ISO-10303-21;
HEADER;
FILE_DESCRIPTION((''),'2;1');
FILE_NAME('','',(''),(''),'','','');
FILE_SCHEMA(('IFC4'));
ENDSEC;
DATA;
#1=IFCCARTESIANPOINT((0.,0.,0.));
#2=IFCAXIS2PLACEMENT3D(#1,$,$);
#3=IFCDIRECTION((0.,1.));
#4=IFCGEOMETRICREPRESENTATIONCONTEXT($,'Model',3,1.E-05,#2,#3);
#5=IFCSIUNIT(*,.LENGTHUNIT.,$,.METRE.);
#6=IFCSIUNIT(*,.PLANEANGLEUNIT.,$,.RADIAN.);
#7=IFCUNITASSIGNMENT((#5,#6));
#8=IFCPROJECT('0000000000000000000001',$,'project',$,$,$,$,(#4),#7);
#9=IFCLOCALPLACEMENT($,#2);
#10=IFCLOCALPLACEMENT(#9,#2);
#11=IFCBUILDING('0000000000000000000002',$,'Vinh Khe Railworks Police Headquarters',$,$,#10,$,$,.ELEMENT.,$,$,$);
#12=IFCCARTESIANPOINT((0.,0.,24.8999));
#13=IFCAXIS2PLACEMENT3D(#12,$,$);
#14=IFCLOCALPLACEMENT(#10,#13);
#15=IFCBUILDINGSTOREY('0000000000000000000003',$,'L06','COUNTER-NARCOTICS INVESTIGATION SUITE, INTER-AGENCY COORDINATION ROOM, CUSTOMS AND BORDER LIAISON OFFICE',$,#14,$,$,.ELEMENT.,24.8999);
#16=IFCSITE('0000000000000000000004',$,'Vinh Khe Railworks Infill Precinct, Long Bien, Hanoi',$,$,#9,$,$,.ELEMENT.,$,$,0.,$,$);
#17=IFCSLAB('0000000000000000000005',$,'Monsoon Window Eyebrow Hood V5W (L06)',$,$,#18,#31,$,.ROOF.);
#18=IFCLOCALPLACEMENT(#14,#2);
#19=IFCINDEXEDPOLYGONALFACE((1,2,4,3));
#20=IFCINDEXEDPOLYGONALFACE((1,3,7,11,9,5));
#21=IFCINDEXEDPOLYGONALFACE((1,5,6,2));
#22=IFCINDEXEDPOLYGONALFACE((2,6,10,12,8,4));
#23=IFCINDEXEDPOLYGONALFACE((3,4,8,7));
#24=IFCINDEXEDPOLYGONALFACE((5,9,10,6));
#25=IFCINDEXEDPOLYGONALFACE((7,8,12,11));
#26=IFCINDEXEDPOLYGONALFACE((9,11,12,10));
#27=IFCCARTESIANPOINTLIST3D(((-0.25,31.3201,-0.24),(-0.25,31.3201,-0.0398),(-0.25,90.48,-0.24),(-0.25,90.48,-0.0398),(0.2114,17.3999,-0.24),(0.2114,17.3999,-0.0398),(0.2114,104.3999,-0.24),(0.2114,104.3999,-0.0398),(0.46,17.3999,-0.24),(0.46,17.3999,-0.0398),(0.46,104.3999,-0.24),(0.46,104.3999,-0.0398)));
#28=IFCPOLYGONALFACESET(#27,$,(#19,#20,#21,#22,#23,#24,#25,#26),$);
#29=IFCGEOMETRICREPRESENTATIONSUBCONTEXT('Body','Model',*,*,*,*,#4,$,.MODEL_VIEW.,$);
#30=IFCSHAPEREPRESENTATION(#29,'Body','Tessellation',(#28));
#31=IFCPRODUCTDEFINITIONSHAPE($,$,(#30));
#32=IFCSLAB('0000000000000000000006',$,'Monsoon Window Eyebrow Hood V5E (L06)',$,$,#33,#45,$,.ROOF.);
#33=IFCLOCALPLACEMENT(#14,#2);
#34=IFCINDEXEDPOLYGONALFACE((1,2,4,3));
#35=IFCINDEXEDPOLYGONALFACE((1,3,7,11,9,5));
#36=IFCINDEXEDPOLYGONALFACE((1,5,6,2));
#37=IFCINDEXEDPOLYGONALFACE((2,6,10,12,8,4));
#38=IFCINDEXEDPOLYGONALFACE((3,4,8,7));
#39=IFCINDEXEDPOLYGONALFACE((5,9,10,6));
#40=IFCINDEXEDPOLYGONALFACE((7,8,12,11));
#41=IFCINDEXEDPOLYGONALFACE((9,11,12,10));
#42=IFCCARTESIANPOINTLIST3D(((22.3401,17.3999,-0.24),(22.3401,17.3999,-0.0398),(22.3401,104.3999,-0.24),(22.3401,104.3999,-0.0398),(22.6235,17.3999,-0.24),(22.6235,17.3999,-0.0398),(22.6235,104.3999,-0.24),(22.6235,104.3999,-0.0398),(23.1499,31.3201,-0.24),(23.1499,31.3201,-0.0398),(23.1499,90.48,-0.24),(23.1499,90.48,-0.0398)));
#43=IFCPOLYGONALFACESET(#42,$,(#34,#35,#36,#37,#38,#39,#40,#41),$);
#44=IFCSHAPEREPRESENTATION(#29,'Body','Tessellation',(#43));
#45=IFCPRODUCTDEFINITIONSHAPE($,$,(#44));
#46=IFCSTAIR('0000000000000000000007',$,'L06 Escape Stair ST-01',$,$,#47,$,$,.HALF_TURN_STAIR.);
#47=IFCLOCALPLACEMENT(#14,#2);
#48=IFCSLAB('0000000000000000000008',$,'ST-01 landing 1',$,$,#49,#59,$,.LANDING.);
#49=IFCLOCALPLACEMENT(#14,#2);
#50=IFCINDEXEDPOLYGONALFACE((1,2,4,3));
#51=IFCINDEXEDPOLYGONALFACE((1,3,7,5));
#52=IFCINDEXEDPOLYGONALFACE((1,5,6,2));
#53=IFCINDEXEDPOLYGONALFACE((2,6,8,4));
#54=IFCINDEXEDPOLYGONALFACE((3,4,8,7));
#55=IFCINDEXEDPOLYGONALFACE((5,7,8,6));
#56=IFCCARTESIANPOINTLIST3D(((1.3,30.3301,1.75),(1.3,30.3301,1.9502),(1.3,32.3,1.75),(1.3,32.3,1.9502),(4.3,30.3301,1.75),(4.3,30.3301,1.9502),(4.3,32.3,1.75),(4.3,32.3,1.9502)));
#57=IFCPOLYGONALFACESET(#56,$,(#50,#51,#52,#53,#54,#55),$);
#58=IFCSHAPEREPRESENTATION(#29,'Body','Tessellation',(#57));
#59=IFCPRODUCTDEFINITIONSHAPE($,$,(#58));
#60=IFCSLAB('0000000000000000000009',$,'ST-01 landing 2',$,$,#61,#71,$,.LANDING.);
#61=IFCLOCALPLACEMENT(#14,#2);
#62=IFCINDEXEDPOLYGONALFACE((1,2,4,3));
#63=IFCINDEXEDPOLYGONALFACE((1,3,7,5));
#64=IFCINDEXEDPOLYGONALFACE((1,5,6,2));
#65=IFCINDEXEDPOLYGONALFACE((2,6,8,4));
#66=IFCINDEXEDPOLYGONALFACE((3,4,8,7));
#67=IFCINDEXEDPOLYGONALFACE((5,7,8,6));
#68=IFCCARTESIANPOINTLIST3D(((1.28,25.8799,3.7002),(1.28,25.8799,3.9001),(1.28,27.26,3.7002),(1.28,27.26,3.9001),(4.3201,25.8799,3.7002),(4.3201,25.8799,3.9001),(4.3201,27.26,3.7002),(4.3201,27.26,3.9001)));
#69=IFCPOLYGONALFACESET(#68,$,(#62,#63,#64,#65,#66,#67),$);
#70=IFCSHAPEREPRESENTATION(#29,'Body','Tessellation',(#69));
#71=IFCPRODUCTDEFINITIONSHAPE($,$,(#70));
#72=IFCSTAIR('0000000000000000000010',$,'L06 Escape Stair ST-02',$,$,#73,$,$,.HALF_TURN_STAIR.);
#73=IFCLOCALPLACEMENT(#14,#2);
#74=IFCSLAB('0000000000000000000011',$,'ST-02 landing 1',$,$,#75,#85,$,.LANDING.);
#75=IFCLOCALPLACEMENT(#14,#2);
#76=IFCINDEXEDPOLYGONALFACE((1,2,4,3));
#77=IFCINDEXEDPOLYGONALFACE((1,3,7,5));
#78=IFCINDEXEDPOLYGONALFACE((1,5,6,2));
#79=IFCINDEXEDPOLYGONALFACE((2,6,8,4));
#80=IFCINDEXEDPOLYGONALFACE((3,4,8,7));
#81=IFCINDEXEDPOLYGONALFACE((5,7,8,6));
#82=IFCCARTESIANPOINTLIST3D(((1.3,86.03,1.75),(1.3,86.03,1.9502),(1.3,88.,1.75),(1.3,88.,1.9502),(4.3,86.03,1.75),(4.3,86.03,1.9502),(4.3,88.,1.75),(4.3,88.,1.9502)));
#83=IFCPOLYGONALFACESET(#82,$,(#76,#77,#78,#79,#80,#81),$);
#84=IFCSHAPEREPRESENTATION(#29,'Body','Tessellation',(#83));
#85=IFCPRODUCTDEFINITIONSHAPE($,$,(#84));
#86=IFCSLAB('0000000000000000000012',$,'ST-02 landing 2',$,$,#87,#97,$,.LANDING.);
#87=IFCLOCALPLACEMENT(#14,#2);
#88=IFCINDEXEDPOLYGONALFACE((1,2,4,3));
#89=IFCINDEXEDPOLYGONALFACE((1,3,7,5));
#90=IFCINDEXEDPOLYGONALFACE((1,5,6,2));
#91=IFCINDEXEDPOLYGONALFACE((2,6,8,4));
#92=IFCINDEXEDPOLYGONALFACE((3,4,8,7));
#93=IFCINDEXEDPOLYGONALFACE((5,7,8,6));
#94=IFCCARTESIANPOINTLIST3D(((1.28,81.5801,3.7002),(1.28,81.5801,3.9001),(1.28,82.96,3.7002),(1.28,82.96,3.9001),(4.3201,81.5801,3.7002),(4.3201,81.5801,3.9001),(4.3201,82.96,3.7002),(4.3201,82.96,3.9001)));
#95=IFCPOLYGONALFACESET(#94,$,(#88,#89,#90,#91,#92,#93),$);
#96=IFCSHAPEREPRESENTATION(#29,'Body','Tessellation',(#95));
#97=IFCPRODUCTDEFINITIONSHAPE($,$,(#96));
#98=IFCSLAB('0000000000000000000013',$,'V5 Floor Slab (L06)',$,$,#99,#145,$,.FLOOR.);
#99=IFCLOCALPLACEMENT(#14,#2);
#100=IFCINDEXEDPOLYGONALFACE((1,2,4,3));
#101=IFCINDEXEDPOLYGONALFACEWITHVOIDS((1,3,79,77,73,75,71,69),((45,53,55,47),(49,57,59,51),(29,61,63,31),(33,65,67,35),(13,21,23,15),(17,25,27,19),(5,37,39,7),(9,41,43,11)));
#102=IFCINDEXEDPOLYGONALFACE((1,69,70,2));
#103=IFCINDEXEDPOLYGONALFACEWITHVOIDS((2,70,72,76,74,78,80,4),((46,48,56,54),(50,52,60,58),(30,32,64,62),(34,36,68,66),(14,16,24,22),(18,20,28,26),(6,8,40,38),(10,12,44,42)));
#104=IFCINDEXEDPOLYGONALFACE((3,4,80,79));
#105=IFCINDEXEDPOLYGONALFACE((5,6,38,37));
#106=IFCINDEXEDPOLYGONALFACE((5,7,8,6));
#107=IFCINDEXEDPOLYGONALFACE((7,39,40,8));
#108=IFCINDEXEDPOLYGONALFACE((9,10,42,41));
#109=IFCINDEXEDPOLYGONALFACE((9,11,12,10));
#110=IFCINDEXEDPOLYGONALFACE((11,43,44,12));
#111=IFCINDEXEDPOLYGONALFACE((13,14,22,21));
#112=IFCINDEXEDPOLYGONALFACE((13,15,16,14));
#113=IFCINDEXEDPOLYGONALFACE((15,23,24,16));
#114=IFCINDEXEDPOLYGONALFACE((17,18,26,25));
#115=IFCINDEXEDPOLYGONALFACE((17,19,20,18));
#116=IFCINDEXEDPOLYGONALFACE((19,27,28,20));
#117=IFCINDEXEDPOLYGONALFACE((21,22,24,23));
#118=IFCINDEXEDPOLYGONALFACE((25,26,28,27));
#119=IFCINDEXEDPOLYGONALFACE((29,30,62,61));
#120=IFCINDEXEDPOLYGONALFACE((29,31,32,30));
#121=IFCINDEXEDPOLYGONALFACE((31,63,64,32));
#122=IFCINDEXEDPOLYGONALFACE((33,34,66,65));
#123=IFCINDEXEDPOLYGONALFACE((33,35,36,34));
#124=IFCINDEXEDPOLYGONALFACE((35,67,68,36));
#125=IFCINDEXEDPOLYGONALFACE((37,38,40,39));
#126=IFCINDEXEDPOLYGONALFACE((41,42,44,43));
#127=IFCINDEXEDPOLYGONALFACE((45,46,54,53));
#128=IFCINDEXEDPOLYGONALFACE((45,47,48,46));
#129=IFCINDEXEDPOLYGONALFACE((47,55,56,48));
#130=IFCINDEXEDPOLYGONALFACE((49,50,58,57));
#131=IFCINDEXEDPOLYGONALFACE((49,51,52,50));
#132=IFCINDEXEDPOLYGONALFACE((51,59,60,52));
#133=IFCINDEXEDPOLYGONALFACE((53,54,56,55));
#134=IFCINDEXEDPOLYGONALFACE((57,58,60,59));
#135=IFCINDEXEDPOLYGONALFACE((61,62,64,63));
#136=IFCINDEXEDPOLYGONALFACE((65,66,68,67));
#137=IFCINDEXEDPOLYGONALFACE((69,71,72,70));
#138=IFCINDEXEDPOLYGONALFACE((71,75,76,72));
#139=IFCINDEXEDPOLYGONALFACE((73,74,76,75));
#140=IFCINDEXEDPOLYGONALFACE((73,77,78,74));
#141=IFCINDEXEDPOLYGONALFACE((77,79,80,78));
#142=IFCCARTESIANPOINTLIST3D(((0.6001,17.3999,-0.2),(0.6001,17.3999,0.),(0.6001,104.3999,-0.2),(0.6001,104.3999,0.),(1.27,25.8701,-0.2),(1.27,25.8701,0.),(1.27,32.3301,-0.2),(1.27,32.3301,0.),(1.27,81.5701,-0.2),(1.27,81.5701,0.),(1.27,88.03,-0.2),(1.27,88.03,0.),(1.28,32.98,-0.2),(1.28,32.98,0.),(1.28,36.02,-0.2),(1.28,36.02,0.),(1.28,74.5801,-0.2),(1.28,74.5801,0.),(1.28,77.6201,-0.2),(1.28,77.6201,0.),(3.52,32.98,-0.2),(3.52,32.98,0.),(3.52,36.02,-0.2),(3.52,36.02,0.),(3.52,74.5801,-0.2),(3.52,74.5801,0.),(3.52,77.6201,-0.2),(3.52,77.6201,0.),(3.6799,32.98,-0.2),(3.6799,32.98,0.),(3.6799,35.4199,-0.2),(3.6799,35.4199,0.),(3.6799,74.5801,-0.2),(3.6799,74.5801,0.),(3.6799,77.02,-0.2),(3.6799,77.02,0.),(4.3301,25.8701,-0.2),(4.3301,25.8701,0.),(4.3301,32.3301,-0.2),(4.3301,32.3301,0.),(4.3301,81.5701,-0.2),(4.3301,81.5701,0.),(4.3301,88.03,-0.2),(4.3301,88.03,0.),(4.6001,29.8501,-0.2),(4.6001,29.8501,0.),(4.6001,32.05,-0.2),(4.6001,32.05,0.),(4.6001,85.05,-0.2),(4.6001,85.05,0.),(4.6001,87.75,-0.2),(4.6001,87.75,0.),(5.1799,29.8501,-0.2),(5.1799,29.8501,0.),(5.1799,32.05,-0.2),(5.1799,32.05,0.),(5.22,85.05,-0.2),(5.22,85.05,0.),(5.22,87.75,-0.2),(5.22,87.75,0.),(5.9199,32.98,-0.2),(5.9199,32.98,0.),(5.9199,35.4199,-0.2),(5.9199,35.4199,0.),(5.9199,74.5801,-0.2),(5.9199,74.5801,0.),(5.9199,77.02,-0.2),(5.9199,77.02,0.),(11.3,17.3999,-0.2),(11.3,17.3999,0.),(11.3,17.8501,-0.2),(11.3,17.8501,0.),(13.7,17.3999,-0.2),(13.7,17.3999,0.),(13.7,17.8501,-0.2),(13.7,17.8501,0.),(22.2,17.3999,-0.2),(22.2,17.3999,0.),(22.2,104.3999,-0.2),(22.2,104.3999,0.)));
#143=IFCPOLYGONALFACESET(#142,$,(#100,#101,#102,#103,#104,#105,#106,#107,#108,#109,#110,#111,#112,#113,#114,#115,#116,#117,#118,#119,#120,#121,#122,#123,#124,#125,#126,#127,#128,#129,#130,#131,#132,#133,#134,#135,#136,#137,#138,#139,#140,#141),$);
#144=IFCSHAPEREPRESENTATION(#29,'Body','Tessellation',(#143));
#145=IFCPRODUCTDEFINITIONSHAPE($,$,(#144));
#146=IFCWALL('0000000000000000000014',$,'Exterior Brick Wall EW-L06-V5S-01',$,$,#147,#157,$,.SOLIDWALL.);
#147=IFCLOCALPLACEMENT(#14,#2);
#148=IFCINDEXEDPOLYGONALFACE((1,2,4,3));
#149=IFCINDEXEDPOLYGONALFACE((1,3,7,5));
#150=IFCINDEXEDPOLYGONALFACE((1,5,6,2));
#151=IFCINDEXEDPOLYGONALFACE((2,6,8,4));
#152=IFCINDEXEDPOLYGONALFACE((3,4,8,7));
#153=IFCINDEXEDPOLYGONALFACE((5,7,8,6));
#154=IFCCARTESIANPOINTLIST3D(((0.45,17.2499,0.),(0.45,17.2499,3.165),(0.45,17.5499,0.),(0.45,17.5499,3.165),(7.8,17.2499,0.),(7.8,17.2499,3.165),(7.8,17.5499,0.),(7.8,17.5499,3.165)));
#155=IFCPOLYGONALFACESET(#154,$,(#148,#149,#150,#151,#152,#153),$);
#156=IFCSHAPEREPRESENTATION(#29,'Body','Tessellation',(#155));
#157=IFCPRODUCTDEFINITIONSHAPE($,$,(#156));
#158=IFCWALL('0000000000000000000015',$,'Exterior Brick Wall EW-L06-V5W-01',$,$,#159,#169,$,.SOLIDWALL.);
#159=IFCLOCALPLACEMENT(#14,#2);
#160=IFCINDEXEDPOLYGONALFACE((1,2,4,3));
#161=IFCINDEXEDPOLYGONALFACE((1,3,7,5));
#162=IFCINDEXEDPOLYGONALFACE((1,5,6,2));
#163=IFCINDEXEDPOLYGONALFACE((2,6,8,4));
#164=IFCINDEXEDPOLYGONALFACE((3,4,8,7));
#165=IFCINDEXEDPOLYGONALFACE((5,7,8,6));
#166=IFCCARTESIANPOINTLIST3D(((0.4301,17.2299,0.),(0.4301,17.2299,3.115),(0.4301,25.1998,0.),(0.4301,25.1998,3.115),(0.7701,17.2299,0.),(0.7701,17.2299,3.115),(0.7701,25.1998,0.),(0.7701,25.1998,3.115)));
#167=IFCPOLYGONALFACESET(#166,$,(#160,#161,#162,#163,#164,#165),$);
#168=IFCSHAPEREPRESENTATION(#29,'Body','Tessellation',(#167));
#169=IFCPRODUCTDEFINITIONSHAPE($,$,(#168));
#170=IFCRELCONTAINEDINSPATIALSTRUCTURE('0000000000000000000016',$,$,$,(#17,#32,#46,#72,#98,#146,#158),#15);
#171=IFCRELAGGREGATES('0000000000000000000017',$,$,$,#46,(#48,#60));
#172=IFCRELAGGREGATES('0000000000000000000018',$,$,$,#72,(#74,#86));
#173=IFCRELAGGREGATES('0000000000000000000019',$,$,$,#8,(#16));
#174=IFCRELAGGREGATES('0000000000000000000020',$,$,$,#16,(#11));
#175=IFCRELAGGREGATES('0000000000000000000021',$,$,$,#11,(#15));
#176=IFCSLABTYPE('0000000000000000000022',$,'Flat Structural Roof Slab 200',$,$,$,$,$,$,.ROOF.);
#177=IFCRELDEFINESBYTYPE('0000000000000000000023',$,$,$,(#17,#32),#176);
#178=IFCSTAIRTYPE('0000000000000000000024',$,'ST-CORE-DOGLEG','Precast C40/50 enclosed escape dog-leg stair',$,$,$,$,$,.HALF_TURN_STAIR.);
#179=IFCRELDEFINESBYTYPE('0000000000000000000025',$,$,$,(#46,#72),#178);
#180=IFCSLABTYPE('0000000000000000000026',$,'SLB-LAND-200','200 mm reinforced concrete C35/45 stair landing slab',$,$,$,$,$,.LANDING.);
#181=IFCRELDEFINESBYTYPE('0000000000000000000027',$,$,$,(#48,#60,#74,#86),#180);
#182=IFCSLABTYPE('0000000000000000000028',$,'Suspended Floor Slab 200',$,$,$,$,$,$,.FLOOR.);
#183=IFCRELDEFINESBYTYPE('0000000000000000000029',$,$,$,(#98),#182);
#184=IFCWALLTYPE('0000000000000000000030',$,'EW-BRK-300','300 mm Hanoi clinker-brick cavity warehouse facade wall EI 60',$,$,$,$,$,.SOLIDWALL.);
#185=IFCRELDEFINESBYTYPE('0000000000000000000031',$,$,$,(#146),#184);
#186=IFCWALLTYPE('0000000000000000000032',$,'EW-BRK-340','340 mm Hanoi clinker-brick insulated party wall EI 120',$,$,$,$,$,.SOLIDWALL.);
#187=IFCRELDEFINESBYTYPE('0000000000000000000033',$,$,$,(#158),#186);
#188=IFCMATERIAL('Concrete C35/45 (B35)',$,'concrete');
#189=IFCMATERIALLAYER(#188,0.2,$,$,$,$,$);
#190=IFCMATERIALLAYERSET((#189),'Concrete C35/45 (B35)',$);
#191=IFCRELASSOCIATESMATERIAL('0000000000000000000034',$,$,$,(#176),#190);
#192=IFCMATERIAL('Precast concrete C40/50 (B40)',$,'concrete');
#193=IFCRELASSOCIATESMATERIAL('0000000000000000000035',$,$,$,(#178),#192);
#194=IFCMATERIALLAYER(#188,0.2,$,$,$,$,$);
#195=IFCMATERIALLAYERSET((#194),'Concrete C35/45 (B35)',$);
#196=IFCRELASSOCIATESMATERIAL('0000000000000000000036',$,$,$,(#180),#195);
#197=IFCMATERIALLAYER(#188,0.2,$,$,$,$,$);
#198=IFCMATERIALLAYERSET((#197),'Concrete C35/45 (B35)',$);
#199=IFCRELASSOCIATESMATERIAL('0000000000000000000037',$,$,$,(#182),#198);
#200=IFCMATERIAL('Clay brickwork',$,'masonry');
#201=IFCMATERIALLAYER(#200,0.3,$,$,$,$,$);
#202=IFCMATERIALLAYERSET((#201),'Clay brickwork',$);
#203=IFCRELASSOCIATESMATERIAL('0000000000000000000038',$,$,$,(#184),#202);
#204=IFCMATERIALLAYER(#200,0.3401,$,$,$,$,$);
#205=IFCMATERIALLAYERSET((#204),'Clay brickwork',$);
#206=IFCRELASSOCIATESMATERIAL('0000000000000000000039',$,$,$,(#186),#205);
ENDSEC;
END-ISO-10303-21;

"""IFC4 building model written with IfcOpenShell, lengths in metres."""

from ifc_helpers import new_model, si_unit, direction, frame, frame_2d, origin, place, context, subcontext, project, spatial, polyline, rectangle, outline, extrude, material, layer, layer_set, type_object, element, aggregate, save


model = new_model("IFC4")

# Units and contexts
model_context = context("Model", 3, precision=1e-05, world=origin(), true_north=direction((0.0, 1.0)))
body_context = subcontext(model_context, "Body", "Model", "MODEL_VIEW")
ifc_project = project(units=[si_unit("LENGTHUNIT", "METRE"), si_unit("PLANEANGLEUNIT", "RADIAN")], contexts=[model_context])

# Site, building, storey
site_placement = place(None, origin())
site = spatial("IfcSite", under=ifc_project, at=site_placement, Name="Vinh Khe Railworks Infill Precinct, Long Bien, Hanoi", CompositionType="ELEMENT", RefElevation=0.0)
building_placement = place(site_placement, origin())
building = spatial("IfcBuilding", under=site, at=building_placement, Name="Vinh Khe Railworks Police Headquarters", CompositionType="ELEMENT")
storey_placement = place(building_placement, frame((0.0, 0.0, 24.8999)))
storey = spatial("IfcBuildingStorey", under=building, at=storey_placement, Name="L06", Description="COUNTER-NARCOTICS INVESTIGATION SUITE, INTER-AGENCY COORDINATION ROOM, CUSTOMS AND BORDER LIAISON OFFICE", CompositionType="ELEMENT", Elevation=24.8999)

# Shared definitions
ifc_material_1 = material(Name="Concrete C35/45 (B35)", Category="concrete")
ifc_layer_1 = layer(ifc_material_1, 0.2)
ifc_layer_set_1 = layer_set([ifc_layer_1], Name="Concrete C35/45 (B35)")
slab_type_1 = type_object("IfcSlabType", Name="Flat Structural Roof Slab 200", PredefinedType="ROOF", material=ifc_layer_set_1)

# Slabs
slab_1_placement = place(storey_placement, frame((0.0, 0.0, -0.24)))
element("IfcSlab", 1, at=slab_1_placement, inside=storey, type_object=slab_type_1, Name="Monsoon Window Eyebrow Hood V5W (L06)", PredefinedType="ROOF", context=body_context, shape_type="SweptSolid", body=[
    extrude(outline(polyline([(0.46, 17.3999), (0.46, 104.3999), (0.2114, 104.3999), (-0.25, 90.48), (-0.25, 31.3201), (0.2114, 17.3999), (0.46, 17.3999)])), origin(), (0.0, 0.0, 1.0), 0.2002),
])
slab_2_placement = place(storey_placement, frame((0.0, 0.0, -0.24)))
element("IfcSlab", 2, at=slab_2_placement, inside=storey, type_object=slab_type_1, Name="Monsoon Window Eyebrow Hood V5E (L06)", PredefinedType="ROOF", context=body_context, shape_type="SweptSolid", body=[
    extrude(outline(polyline([(22.3401, 17.3999), (22.6235, 17.3999), (23.1499, 31.3201), (23.1499, 90.48), (22.6235, 104.3999), (22.3401, 104.3999), (22.3401, 17.3999)])), origin(), (0.0, 0.0, 1.0), 0.2002),
])

# Stairs, slabs
ifc_material_2 = material(Name="Precast concrete C40/50 (B40)", Category="concrete")
stair_type = type_object("IfcStairType", Name="ST-CORE-DOGLEG", Description="Precast C40/50 enclosed escape dog-leg stair", PredefinedType="HALF_TURN_STAIR", material=ifc_material_2)
stair_1_placement = place(storey_placement, origin())
stair_1 = element("IfcStair", 3, at=stair_1_placement, inside=storey, type_object=stair_type, Name="L06 Escape Stair ST-01", PredefinedType="HALF_TURN_STAIR")
ifc_layer_2 = layer(ifc_material_1, 0.2)
ifc_layer_set_2 = layer_set([ifc_layer_2], Name="Concrete C35/45 (B35)")
slab_type_2 = type_object("IfcSlabType", Name="SLB-LAND-200", Description="200 mm reinforced concrete C35/45 stair landing slab", PredefinedType="LANDING", material=ifc_layer_set_2)
slab_3_placement = place(storey_placement, frame((0.0, 0.0, 1.75)))
slab_3 = element("IfcSlab", 4, at=slab_3_placement, type_object=slab_type_2, Name="ST-01 landing 1", PredefinedType="LANDING", context=body_context, shape_type="SweptSolid", body=[
    extrude(outline(polyline([(4.3, 30.3301), (4.3, 32.3), (1.3, 32.3), (1.3, 30.3301), (4.3, 30.3301)])), origin(), (0.0, 0.0, 1.0), 0.2002),
])
slab_4_placement = place(storey_placement, frame((0.0, 0.0, 3.7002)))
slab_4 = element("IfcSlab", 5, at=slab_4_placement, type_object=slab_type_2, Name="ST-01 landing 2", PredefinedType="LANDING", context=body_context, shape_type="SweptSolid", body=[
    extrude(outline(polyline([(1.28, 25.8799), (4.3201, 25.8799), (4.3201, 27.26), (1.28, 27.26), (1.28, 25.8799)])), origin(), (0.0, 0.0, 1.0), 0.2),
])
aggregate(stair_1, [slab_3, slab_4])
stair_2_placement = place(storey_placement, origin())
stair_2 = element("IfcStair", 6, at=stair_2_placement, inside=storey, type_object=stair_type, Name="L06 Escape Stair ST-02", PredefinedType="HALF_TURN_STAIR")
slab_5_placement = place(storey_placement, frame((0.0, 0.0, 1.75)))
slab_5 = element("IfcSlab", 7, at=slab_5_placement, type_object=slab_type_2, Name="ST-02 landing 1", PredefinedType="LANDING", context=body_context, shape_type="SweptSolid", body=[
    extrude(outline(polyline([(4.3, 86.03), (4.3, 88.0), (1.3, 88.0), (1.3, 86.03), (4.3, 86.03)])), origin(), (0.0, 0.0, 1.0), 0.2002),
])
slab_6_placement = place(storey_placement, frame((0.0, 0.0, 3.7002)))
slab_6 = element("IfcSlab", 8, at=slab_6_placement, type_object=slab_type_2, Name="ST-02 landing 2", PredefinedType="LANDING", context=body_context, shape_type="SweptSolid", body=[
    extrude(outline(polyline([(1.28, 81.5801), (4.3201, 81.5801), (4.3201, 82.96), (1.28, 82.96), (1.28, 81.5801)])), origin(), (0.0, 0.0, 1.0), 0.2),
])
aggregate(stair_2, [slab_5, slab_6])

# Slab
ifc_layer_3 = layer(ifc_material_1, 0.2)
ifc_layer_set_3 = layer_set([ifc_layer_3], Name="Concrete C35/45 (B35)")
slab_type_3 = type_object("IfcSlabType", Name="Suspended Floor Slab 200", PredefinedType="FLOOR", material=ifc_layer_set_3)
slab_7_placement = place(storey_placement, frame((0.0, 0.0, -0.2)))
element("IfcSlab", 9, at=slab_7_placement, inside=storey, type_object=slab_type_3, Name="V5 Floor Slab (L06)", PredefinedType="FLOOR", context=body_context, shape_type="SweptSolid", body=[
    extrude(outline(polyline([(0.6001, 17.3999), (11.3, 17.3999), (11.3, 17.8501), (13.7, 17.8501), (13.7, 17.3999), (22.2, 17.3999), (22.2, 104.3999), (0.6001, 104.3999), (0.6001, 17.3999)]), holes=[polyline([(1.27, 25.8701), (4.3301, 25.8701), (4.3301, 32.3301), (1.27, 32.3301), (1.27, 25.8701)]), polyline([(1.28, 32.98), (3.52, 32.98), (3.52, 36.02), (1.28, 36.02), (1.28, 32.98)]), polyline([(3.6799, 32.98), (5.9199, 32.98), (5.9199, 35.4199), (3.6799, 35.4199), (3.6799, 32.98)]), polyline([(1.27, 81.5701), (4.3301, 81.5701), (4.3301, 88.03), (1.27, 88.03), (1.27, 81.5701)]), polyline([(1.28, 74.5801), (3.52, 74.5801), (3.52, 77.6201), (1.28, 77.6201), (1.28, 74.5801)]), polyline([(3.6799, 74.5801), (5.9199, 74.5801), (5.9199, 77.02), (3.6799, 77.02), (3.6799, 74.5801)]), polyline([(4.6001, 29.8501), (5.1799, 29.8501), (5.1799, 32.05), (4.6001, 32.05), (4.6001, 29.8501)]), polyline([(4.6001, 85.05), (5.22, 85.05), (5.22, 87.75), (4.6001, 87.75), (4.6001, 85.05)])]), origin(), (0.0, 0.0, 1.0), 0.2),
])

# Walls
ifc_material_3 = material(Name="Clay brickwork", Category="masonry")
ifc_layer_4 = layer(ifc_material_3, 0.3)
ifc_layer_set_4 = layer_set([ifc_layer_4], Name="Clay brickwork")
wall_type_1 = type_object("IfcWallType", Name="EW-BRK-300", Description="300 mm Hanoi clinker-brick cavity warehouse facade wall EI 60", PredefinedType="SOLIDWALL", material=ifc_layer_set_4)
wall_1_placement = place(storey_placement, frame((0.45, 17.3999, 0.0), z_axis=(0.0, 0.0, 1.0), x_axis=(1.0, 0.0, 0.0)))
element("IfcWall", 10, at=wall_1_placement, inside=storey, type_object=wall_type_1, Name="Exterior Brick Wall EW-L06-V5S-01", PredefinedType="SOLIDWALL", context=body_context, shape_type="SweptSolid", body=[
    extrude(rectangle(XDim=7.3501, YDim=0.3, at=frame_2d((3.675, 0.0))), origin(), (0.0, 0.0, 1.0), 3.165),
])
ifc_layer_5 = layer(ifc_material_3, 0.3401)
ifc_layer_set_5 = layer_set([ifc_layer_5], Name="Clay brickwork")
wall_type_2 = type_object("IfcWallType", Name="EW-BRK-340", Description="340 mm Hanoi clinker-brick insulated party wall EI 120", PredefinedType="SOLIDWALL", material=ifc_layer_set_5)
wall_2_placement = place(storey_placement, frame((0.6001, 17.23, 0.0), z_axis=(0.0, 0.0, 1.0), x_axis=(0.0, 1.0, 0.0)))
element("IfcWall", 11, at=wall_2_placement, inside=storey, type_object=wall_type_2, Name="Exterior Brick Wall EW-L06-V5W-01", PredefinedType="SOLIDWALL", context=body_context, shape_type="SweptSolid", body=[
    extrude(rectangle(XDim=7.97, YDim=0.3401, at=frame_2d((3.9849, 0.0))), origin(), (0.0, 0.0, 1.0), 3.115),
])

save(model, "model.ifc")
